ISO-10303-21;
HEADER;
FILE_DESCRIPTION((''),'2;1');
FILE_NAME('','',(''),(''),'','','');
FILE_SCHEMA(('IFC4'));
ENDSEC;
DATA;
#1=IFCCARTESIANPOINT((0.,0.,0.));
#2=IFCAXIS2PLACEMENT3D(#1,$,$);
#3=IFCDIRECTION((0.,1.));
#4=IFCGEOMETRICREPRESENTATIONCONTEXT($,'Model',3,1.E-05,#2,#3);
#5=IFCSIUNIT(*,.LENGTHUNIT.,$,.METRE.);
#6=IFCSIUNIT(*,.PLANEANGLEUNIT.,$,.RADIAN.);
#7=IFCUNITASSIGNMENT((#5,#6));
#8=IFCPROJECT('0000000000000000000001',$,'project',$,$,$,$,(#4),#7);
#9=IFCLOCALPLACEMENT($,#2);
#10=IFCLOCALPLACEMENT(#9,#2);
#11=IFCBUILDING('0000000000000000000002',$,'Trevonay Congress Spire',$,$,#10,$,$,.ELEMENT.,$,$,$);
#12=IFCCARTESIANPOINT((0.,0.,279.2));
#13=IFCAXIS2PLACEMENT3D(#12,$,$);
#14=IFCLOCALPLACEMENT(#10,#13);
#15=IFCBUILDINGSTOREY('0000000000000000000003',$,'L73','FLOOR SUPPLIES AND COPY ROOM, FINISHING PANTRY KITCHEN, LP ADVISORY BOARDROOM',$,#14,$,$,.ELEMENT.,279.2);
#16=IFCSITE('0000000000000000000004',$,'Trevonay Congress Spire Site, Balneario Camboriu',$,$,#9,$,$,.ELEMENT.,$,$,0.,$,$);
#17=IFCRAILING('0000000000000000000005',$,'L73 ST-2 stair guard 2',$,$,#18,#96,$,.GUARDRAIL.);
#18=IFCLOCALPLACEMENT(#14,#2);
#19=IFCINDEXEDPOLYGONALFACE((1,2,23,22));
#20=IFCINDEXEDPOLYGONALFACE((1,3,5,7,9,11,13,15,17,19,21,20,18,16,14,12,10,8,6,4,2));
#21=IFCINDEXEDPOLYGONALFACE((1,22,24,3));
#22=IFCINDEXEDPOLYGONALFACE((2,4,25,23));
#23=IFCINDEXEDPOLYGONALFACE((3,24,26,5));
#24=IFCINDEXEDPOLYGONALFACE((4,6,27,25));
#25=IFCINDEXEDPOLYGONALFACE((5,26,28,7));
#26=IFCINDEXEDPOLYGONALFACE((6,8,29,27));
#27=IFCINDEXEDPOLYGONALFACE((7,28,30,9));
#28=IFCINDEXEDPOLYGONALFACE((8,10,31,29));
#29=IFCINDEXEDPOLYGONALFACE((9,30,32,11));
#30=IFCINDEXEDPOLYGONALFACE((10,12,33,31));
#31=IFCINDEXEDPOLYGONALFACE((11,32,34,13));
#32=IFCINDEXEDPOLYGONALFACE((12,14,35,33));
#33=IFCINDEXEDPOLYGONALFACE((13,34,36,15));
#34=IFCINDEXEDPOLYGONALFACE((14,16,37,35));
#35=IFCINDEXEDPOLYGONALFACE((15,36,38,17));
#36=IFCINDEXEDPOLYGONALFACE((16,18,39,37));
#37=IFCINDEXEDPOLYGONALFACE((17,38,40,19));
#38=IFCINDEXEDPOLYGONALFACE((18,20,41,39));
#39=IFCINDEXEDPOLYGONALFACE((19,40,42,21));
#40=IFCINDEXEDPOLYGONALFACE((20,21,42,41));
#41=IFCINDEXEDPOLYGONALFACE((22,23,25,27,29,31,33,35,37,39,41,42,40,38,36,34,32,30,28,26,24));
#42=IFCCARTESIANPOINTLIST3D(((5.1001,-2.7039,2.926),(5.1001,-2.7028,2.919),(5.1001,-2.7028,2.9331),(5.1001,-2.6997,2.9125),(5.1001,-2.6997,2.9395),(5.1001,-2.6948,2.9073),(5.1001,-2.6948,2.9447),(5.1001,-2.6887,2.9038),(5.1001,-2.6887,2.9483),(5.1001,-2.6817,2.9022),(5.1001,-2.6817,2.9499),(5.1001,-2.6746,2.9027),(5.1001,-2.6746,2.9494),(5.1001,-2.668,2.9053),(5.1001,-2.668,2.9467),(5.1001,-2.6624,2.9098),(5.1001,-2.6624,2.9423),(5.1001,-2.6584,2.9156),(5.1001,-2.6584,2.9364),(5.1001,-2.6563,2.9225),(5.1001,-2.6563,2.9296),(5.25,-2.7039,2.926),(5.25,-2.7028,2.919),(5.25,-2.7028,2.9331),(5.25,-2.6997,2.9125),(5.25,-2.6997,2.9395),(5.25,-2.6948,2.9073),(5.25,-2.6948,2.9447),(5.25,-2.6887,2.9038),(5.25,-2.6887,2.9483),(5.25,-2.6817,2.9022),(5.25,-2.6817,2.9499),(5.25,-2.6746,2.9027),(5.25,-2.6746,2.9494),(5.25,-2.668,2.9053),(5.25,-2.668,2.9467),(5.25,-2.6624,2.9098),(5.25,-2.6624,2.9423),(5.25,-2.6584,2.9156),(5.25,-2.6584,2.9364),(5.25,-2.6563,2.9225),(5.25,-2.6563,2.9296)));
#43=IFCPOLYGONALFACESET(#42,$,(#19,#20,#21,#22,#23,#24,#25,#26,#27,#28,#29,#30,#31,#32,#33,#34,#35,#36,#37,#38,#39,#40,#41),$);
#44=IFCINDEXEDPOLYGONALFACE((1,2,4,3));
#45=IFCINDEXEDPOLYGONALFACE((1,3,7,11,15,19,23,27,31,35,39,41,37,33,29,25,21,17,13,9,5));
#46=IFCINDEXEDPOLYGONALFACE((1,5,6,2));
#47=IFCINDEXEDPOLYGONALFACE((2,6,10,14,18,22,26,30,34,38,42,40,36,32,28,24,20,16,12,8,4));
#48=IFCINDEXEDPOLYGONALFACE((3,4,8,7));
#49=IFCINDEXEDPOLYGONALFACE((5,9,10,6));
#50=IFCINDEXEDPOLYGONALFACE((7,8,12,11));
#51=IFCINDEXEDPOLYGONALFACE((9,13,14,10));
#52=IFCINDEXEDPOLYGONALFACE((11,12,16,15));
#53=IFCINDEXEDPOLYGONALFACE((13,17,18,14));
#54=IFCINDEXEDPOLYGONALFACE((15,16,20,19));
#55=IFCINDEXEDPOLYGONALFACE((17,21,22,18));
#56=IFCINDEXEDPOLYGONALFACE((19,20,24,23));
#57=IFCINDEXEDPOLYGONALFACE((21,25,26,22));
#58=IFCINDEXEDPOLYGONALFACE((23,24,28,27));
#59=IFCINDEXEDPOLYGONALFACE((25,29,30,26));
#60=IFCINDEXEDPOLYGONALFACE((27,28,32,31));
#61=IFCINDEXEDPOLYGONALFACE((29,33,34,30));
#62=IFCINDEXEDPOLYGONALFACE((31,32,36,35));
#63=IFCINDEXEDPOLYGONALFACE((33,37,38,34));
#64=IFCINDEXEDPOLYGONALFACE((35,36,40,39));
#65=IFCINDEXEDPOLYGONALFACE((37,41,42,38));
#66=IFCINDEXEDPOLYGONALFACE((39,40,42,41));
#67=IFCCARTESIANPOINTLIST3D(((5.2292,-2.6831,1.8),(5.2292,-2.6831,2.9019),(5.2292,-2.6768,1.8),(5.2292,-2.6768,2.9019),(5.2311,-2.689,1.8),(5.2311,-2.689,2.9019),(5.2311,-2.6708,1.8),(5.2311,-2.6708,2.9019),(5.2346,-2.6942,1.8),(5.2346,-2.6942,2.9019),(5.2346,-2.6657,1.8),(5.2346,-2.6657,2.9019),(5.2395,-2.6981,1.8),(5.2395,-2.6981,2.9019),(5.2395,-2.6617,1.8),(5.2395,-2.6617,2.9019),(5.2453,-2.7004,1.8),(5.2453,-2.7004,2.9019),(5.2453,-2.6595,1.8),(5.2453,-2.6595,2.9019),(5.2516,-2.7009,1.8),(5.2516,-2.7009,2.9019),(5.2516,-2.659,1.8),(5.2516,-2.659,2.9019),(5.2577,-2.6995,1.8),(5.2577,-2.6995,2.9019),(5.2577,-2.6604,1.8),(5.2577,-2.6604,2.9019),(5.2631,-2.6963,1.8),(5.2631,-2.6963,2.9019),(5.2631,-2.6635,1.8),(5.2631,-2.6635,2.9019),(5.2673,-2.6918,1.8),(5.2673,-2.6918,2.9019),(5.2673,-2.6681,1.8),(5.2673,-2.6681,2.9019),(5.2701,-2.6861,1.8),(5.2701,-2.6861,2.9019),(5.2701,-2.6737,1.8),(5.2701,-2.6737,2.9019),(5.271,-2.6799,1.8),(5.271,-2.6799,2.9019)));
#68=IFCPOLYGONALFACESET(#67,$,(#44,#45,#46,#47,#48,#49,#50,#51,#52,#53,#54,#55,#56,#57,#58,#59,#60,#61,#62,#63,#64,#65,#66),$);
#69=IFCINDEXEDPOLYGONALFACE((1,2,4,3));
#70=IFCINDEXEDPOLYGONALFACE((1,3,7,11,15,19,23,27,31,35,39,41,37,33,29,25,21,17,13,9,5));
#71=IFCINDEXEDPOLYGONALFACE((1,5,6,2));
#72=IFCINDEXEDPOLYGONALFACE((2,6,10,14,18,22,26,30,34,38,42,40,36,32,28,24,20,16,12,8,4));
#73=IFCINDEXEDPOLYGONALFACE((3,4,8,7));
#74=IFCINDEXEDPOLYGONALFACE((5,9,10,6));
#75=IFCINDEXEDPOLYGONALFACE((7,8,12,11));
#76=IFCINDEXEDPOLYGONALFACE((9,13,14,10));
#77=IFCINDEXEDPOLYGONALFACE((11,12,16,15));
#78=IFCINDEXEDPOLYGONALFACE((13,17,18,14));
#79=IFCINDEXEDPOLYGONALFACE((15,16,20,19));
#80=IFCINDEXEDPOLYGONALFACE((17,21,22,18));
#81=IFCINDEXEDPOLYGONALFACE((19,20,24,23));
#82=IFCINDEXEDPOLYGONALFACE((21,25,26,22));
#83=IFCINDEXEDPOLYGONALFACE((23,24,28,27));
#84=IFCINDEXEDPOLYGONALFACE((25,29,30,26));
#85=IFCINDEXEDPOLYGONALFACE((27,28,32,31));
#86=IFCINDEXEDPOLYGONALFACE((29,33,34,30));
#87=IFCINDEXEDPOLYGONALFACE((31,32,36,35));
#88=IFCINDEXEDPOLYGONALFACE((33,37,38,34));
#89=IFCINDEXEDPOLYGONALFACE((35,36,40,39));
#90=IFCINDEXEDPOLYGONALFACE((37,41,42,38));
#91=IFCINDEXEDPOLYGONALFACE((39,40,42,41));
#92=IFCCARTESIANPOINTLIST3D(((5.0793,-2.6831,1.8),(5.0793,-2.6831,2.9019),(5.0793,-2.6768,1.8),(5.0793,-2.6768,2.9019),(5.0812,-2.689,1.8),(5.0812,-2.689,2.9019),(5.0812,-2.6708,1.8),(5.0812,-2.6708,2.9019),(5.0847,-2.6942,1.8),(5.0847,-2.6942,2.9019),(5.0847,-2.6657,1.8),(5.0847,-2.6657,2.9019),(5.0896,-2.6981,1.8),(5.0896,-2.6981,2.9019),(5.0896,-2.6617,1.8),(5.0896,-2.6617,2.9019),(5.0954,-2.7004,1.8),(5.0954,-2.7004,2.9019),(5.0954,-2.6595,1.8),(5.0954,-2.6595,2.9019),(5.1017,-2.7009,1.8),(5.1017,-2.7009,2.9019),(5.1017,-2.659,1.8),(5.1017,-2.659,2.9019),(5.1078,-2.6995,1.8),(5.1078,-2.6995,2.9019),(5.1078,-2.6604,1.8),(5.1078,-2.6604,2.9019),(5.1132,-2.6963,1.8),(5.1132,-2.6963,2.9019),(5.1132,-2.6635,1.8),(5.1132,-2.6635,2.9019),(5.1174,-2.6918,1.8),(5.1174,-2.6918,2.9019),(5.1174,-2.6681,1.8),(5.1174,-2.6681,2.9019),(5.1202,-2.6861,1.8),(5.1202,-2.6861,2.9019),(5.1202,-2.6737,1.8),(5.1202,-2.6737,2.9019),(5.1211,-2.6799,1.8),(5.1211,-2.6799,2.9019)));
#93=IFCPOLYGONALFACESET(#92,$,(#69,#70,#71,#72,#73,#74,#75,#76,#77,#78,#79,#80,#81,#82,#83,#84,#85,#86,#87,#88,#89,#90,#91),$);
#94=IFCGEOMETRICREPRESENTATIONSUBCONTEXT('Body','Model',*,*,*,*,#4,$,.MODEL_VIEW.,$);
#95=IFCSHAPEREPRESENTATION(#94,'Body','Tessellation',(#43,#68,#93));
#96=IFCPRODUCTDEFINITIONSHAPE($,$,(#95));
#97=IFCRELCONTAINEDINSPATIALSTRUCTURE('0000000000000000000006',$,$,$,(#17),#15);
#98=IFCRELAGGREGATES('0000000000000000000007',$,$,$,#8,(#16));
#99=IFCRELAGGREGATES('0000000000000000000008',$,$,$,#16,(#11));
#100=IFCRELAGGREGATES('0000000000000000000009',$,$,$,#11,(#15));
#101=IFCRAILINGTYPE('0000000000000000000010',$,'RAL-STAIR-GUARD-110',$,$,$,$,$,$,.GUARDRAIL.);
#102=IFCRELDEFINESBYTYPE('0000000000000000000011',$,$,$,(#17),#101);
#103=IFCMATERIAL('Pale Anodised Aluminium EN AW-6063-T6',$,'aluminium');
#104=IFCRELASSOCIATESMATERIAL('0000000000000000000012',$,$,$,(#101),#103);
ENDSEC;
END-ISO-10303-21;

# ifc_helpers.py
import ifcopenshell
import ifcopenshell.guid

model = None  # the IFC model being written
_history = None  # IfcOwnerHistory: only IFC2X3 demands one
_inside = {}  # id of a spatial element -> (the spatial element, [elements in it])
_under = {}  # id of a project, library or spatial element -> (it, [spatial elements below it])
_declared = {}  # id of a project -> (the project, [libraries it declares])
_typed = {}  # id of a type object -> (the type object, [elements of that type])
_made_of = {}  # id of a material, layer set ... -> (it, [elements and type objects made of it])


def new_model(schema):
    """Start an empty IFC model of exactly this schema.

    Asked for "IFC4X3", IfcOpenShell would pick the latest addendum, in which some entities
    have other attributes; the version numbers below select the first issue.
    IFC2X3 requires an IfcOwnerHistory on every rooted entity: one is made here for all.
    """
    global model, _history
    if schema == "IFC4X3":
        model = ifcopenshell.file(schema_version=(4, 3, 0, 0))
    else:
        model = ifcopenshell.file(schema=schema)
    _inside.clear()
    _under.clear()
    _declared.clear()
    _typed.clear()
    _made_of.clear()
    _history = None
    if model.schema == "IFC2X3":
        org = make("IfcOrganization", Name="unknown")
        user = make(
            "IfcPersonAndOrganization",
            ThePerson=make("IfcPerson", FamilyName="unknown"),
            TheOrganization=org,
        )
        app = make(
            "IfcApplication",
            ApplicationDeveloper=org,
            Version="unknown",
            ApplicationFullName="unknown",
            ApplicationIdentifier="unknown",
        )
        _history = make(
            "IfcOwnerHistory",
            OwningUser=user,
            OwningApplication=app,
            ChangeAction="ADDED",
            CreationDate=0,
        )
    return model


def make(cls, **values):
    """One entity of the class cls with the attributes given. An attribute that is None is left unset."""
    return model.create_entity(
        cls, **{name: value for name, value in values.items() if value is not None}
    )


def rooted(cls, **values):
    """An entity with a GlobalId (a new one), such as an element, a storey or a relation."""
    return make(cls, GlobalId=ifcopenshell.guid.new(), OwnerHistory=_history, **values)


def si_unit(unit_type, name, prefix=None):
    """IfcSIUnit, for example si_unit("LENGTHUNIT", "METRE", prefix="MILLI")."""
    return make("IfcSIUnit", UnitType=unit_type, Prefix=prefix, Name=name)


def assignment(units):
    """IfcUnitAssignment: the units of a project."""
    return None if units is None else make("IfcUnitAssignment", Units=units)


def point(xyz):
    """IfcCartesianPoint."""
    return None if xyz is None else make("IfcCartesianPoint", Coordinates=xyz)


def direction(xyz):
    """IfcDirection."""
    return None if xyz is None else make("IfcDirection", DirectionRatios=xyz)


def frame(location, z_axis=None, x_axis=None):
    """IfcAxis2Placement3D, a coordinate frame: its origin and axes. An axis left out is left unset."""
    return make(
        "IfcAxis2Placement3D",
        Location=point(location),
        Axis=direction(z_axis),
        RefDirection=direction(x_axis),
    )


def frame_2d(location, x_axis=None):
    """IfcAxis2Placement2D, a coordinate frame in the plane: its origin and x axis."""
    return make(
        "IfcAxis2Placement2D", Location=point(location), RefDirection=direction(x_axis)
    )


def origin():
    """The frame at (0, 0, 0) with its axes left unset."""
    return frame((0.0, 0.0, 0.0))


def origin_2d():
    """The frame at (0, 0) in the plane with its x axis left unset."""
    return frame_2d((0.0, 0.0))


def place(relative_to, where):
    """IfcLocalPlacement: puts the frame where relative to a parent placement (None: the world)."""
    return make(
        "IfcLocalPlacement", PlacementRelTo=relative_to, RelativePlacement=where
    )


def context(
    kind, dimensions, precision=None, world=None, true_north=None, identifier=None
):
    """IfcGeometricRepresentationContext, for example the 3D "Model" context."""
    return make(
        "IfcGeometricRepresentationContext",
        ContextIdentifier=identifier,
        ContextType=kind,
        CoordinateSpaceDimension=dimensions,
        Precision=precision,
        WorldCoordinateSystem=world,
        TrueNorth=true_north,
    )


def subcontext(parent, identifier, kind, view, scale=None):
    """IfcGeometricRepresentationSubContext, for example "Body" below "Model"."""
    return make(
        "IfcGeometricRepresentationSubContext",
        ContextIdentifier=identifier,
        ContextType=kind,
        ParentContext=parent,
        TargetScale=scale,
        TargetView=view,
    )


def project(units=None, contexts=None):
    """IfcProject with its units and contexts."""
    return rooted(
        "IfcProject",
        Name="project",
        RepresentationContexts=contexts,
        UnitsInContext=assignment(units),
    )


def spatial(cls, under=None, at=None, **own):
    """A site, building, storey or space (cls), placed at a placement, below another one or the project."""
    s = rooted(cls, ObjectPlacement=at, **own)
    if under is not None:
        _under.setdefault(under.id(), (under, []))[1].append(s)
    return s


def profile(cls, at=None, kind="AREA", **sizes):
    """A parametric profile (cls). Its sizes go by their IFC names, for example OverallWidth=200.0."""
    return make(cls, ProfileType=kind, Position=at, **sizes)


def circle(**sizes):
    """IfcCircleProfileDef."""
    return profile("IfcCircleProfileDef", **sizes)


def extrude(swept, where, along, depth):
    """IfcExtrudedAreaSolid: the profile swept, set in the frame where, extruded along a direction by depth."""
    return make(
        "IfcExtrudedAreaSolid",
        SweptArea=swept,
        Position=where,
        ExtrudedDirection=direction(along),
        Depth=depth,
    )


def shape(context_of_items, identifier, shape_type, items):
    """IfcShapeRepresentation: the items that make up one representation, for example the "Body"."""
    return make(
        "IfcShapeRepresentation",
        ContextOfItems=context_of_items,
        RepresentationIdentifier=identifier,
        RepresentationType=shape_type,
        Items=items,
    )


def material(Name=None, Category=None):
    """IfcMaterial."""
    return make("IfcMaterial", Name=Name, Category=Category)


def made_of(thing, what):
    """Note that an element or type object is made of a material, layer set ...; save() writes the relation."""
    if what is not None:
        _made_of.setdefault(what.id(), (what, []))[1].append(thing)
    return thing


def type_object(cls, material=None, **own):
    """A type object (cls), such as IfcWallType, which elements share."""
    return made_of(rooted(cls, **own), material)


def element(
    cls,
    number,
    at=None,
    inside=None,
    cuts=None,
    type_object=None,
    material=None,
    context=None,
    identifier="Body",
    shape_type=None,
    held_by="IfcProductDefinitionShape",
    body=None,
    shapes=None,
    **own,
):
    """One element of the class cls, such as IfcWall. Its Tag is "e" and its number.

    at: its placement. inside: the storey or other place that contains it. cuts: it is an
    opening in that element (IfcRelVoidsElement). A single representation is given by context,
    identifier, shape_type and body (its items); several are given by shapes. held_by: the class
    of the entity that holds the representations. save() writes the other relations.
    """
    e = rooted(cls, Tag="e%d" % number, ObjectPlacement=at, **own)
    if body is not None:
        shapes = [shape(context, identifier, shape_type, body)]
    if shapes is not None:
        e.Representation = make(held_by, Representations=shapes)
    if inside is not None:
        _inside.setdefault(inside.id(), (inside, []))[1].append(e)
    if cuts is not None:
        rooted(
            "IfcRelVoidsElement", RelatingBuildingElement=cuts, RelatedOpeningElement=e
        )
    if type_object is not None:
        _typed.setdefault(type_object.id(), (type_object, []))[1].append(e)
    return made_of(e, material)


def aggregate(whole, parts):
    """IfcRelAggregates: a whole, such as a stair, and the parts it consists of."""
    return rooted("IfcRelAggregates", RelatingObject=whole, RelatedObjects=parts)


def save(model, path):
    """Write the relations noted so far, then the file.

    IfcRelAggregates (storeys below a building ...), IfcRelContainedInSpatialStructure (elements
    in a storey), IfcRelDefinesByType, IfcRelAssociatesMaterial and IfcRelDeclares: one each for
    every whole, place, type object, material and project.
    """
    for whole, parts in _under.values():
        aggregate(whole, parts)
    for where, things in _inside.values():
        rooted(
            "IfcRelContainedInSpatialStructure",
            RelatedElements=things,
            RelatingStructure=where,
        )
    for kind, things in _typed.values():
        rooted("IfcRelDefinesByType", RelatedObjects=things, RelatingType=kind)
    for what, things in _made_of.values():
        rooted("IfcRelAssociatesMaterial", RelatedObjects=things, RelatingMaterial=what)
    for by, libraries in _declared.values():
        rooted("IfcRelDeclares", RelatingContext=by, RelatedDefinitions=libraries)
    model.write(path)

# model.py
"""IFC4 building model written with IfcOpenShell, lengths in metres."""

from ifc_helpers import new_model, si_unit, direction, frame, origin, origin_2d, place, context, subcontext, project, spatial, circle, extrude, material, type_object, element, save


model = new_model("IFC4")

# Units and contexts
model_context = context("Model", 3, precision=1e-05, world=origin(), true_north=direction((0.0, 1.0)))
body_context = subcontext(model_context, "Body", "Model", "MODEL_VIEW")
ifc_project = project(units=[si_unit("LENGTHUNIT", "METRE"), si_unit("PLANEANGLEUNIT", "RADIAN")], contexts=[model_context])

# Site, building, storey
site_placement = place(None, origin())
site = spatial("IfcSite", under=ifc_project, at=site_placement, Name="Trevonay Congress Spire Site, Balneario Camboriu", CompositionType="ELEMENT", RefElevation=0.0)
building_placement = place(site_placement, origin())
building = spatial("IfcBuilding", under=site, at=building_placement, Name="Trevonay Congress Spire", CompositionType="ELEMENT")
storey_placement = place(building_placement, frame((0.0, 0.0, 279.2)))
storey = spatial("IfcBuildingStorey", under=building, at=storey_placement, Name="L73", Description="FLOOR SUPPLIES AND COPY ROOM, FINISHING PANTRY KITCHEN, LP ADVISORY BOARDROOM", CompositionType="ELEMENT", Elevation=279.2)

# Shared definitions
ifc_material_1 = material(Name="Pale Anodised Aluminium EN AW-6063-T6", Category="aluminium")

# Railing
railing_type_1 = type_object("IfcRailingType", Name="RAL-STAIR-GUARD-110", PredefinedType="GUARDRAIL", material=ifc_material_1)
railing_1_placement = place(storey_placement, frame((5.25, -2.6799, 1.8)))
element("IfcRailing", 1, at=railing_1_placement, inside=storey, type_object=railing_type_1, Name="L73 ST-2 stair guard 2", PredefinedType="GUARDRAIL", context=body_context, shape_type="SweptSolid", body=[
    extrude(circle(Radius=0.0239, at=origin_2d()), frame((0.0, 0.0, 1.126), z_axis=(-1.0, 0.0, 0.0), x_axis=(0.0, -1.0, 0.0)), (0.0, 0.0, 1.0), 0.1499),
    extrude(circle(Radius=0.021, at=origin_2d()), origin(), (0.0, 0.0, 1.0), 1.1018),
    extrude(circle(Radius=0.021, at=origin_2d()), frame((-0.1499, 0.0, 0.0)), (0.0, 0.0, 1.0), 1.1018),
])

save(model, "model.ifc")
